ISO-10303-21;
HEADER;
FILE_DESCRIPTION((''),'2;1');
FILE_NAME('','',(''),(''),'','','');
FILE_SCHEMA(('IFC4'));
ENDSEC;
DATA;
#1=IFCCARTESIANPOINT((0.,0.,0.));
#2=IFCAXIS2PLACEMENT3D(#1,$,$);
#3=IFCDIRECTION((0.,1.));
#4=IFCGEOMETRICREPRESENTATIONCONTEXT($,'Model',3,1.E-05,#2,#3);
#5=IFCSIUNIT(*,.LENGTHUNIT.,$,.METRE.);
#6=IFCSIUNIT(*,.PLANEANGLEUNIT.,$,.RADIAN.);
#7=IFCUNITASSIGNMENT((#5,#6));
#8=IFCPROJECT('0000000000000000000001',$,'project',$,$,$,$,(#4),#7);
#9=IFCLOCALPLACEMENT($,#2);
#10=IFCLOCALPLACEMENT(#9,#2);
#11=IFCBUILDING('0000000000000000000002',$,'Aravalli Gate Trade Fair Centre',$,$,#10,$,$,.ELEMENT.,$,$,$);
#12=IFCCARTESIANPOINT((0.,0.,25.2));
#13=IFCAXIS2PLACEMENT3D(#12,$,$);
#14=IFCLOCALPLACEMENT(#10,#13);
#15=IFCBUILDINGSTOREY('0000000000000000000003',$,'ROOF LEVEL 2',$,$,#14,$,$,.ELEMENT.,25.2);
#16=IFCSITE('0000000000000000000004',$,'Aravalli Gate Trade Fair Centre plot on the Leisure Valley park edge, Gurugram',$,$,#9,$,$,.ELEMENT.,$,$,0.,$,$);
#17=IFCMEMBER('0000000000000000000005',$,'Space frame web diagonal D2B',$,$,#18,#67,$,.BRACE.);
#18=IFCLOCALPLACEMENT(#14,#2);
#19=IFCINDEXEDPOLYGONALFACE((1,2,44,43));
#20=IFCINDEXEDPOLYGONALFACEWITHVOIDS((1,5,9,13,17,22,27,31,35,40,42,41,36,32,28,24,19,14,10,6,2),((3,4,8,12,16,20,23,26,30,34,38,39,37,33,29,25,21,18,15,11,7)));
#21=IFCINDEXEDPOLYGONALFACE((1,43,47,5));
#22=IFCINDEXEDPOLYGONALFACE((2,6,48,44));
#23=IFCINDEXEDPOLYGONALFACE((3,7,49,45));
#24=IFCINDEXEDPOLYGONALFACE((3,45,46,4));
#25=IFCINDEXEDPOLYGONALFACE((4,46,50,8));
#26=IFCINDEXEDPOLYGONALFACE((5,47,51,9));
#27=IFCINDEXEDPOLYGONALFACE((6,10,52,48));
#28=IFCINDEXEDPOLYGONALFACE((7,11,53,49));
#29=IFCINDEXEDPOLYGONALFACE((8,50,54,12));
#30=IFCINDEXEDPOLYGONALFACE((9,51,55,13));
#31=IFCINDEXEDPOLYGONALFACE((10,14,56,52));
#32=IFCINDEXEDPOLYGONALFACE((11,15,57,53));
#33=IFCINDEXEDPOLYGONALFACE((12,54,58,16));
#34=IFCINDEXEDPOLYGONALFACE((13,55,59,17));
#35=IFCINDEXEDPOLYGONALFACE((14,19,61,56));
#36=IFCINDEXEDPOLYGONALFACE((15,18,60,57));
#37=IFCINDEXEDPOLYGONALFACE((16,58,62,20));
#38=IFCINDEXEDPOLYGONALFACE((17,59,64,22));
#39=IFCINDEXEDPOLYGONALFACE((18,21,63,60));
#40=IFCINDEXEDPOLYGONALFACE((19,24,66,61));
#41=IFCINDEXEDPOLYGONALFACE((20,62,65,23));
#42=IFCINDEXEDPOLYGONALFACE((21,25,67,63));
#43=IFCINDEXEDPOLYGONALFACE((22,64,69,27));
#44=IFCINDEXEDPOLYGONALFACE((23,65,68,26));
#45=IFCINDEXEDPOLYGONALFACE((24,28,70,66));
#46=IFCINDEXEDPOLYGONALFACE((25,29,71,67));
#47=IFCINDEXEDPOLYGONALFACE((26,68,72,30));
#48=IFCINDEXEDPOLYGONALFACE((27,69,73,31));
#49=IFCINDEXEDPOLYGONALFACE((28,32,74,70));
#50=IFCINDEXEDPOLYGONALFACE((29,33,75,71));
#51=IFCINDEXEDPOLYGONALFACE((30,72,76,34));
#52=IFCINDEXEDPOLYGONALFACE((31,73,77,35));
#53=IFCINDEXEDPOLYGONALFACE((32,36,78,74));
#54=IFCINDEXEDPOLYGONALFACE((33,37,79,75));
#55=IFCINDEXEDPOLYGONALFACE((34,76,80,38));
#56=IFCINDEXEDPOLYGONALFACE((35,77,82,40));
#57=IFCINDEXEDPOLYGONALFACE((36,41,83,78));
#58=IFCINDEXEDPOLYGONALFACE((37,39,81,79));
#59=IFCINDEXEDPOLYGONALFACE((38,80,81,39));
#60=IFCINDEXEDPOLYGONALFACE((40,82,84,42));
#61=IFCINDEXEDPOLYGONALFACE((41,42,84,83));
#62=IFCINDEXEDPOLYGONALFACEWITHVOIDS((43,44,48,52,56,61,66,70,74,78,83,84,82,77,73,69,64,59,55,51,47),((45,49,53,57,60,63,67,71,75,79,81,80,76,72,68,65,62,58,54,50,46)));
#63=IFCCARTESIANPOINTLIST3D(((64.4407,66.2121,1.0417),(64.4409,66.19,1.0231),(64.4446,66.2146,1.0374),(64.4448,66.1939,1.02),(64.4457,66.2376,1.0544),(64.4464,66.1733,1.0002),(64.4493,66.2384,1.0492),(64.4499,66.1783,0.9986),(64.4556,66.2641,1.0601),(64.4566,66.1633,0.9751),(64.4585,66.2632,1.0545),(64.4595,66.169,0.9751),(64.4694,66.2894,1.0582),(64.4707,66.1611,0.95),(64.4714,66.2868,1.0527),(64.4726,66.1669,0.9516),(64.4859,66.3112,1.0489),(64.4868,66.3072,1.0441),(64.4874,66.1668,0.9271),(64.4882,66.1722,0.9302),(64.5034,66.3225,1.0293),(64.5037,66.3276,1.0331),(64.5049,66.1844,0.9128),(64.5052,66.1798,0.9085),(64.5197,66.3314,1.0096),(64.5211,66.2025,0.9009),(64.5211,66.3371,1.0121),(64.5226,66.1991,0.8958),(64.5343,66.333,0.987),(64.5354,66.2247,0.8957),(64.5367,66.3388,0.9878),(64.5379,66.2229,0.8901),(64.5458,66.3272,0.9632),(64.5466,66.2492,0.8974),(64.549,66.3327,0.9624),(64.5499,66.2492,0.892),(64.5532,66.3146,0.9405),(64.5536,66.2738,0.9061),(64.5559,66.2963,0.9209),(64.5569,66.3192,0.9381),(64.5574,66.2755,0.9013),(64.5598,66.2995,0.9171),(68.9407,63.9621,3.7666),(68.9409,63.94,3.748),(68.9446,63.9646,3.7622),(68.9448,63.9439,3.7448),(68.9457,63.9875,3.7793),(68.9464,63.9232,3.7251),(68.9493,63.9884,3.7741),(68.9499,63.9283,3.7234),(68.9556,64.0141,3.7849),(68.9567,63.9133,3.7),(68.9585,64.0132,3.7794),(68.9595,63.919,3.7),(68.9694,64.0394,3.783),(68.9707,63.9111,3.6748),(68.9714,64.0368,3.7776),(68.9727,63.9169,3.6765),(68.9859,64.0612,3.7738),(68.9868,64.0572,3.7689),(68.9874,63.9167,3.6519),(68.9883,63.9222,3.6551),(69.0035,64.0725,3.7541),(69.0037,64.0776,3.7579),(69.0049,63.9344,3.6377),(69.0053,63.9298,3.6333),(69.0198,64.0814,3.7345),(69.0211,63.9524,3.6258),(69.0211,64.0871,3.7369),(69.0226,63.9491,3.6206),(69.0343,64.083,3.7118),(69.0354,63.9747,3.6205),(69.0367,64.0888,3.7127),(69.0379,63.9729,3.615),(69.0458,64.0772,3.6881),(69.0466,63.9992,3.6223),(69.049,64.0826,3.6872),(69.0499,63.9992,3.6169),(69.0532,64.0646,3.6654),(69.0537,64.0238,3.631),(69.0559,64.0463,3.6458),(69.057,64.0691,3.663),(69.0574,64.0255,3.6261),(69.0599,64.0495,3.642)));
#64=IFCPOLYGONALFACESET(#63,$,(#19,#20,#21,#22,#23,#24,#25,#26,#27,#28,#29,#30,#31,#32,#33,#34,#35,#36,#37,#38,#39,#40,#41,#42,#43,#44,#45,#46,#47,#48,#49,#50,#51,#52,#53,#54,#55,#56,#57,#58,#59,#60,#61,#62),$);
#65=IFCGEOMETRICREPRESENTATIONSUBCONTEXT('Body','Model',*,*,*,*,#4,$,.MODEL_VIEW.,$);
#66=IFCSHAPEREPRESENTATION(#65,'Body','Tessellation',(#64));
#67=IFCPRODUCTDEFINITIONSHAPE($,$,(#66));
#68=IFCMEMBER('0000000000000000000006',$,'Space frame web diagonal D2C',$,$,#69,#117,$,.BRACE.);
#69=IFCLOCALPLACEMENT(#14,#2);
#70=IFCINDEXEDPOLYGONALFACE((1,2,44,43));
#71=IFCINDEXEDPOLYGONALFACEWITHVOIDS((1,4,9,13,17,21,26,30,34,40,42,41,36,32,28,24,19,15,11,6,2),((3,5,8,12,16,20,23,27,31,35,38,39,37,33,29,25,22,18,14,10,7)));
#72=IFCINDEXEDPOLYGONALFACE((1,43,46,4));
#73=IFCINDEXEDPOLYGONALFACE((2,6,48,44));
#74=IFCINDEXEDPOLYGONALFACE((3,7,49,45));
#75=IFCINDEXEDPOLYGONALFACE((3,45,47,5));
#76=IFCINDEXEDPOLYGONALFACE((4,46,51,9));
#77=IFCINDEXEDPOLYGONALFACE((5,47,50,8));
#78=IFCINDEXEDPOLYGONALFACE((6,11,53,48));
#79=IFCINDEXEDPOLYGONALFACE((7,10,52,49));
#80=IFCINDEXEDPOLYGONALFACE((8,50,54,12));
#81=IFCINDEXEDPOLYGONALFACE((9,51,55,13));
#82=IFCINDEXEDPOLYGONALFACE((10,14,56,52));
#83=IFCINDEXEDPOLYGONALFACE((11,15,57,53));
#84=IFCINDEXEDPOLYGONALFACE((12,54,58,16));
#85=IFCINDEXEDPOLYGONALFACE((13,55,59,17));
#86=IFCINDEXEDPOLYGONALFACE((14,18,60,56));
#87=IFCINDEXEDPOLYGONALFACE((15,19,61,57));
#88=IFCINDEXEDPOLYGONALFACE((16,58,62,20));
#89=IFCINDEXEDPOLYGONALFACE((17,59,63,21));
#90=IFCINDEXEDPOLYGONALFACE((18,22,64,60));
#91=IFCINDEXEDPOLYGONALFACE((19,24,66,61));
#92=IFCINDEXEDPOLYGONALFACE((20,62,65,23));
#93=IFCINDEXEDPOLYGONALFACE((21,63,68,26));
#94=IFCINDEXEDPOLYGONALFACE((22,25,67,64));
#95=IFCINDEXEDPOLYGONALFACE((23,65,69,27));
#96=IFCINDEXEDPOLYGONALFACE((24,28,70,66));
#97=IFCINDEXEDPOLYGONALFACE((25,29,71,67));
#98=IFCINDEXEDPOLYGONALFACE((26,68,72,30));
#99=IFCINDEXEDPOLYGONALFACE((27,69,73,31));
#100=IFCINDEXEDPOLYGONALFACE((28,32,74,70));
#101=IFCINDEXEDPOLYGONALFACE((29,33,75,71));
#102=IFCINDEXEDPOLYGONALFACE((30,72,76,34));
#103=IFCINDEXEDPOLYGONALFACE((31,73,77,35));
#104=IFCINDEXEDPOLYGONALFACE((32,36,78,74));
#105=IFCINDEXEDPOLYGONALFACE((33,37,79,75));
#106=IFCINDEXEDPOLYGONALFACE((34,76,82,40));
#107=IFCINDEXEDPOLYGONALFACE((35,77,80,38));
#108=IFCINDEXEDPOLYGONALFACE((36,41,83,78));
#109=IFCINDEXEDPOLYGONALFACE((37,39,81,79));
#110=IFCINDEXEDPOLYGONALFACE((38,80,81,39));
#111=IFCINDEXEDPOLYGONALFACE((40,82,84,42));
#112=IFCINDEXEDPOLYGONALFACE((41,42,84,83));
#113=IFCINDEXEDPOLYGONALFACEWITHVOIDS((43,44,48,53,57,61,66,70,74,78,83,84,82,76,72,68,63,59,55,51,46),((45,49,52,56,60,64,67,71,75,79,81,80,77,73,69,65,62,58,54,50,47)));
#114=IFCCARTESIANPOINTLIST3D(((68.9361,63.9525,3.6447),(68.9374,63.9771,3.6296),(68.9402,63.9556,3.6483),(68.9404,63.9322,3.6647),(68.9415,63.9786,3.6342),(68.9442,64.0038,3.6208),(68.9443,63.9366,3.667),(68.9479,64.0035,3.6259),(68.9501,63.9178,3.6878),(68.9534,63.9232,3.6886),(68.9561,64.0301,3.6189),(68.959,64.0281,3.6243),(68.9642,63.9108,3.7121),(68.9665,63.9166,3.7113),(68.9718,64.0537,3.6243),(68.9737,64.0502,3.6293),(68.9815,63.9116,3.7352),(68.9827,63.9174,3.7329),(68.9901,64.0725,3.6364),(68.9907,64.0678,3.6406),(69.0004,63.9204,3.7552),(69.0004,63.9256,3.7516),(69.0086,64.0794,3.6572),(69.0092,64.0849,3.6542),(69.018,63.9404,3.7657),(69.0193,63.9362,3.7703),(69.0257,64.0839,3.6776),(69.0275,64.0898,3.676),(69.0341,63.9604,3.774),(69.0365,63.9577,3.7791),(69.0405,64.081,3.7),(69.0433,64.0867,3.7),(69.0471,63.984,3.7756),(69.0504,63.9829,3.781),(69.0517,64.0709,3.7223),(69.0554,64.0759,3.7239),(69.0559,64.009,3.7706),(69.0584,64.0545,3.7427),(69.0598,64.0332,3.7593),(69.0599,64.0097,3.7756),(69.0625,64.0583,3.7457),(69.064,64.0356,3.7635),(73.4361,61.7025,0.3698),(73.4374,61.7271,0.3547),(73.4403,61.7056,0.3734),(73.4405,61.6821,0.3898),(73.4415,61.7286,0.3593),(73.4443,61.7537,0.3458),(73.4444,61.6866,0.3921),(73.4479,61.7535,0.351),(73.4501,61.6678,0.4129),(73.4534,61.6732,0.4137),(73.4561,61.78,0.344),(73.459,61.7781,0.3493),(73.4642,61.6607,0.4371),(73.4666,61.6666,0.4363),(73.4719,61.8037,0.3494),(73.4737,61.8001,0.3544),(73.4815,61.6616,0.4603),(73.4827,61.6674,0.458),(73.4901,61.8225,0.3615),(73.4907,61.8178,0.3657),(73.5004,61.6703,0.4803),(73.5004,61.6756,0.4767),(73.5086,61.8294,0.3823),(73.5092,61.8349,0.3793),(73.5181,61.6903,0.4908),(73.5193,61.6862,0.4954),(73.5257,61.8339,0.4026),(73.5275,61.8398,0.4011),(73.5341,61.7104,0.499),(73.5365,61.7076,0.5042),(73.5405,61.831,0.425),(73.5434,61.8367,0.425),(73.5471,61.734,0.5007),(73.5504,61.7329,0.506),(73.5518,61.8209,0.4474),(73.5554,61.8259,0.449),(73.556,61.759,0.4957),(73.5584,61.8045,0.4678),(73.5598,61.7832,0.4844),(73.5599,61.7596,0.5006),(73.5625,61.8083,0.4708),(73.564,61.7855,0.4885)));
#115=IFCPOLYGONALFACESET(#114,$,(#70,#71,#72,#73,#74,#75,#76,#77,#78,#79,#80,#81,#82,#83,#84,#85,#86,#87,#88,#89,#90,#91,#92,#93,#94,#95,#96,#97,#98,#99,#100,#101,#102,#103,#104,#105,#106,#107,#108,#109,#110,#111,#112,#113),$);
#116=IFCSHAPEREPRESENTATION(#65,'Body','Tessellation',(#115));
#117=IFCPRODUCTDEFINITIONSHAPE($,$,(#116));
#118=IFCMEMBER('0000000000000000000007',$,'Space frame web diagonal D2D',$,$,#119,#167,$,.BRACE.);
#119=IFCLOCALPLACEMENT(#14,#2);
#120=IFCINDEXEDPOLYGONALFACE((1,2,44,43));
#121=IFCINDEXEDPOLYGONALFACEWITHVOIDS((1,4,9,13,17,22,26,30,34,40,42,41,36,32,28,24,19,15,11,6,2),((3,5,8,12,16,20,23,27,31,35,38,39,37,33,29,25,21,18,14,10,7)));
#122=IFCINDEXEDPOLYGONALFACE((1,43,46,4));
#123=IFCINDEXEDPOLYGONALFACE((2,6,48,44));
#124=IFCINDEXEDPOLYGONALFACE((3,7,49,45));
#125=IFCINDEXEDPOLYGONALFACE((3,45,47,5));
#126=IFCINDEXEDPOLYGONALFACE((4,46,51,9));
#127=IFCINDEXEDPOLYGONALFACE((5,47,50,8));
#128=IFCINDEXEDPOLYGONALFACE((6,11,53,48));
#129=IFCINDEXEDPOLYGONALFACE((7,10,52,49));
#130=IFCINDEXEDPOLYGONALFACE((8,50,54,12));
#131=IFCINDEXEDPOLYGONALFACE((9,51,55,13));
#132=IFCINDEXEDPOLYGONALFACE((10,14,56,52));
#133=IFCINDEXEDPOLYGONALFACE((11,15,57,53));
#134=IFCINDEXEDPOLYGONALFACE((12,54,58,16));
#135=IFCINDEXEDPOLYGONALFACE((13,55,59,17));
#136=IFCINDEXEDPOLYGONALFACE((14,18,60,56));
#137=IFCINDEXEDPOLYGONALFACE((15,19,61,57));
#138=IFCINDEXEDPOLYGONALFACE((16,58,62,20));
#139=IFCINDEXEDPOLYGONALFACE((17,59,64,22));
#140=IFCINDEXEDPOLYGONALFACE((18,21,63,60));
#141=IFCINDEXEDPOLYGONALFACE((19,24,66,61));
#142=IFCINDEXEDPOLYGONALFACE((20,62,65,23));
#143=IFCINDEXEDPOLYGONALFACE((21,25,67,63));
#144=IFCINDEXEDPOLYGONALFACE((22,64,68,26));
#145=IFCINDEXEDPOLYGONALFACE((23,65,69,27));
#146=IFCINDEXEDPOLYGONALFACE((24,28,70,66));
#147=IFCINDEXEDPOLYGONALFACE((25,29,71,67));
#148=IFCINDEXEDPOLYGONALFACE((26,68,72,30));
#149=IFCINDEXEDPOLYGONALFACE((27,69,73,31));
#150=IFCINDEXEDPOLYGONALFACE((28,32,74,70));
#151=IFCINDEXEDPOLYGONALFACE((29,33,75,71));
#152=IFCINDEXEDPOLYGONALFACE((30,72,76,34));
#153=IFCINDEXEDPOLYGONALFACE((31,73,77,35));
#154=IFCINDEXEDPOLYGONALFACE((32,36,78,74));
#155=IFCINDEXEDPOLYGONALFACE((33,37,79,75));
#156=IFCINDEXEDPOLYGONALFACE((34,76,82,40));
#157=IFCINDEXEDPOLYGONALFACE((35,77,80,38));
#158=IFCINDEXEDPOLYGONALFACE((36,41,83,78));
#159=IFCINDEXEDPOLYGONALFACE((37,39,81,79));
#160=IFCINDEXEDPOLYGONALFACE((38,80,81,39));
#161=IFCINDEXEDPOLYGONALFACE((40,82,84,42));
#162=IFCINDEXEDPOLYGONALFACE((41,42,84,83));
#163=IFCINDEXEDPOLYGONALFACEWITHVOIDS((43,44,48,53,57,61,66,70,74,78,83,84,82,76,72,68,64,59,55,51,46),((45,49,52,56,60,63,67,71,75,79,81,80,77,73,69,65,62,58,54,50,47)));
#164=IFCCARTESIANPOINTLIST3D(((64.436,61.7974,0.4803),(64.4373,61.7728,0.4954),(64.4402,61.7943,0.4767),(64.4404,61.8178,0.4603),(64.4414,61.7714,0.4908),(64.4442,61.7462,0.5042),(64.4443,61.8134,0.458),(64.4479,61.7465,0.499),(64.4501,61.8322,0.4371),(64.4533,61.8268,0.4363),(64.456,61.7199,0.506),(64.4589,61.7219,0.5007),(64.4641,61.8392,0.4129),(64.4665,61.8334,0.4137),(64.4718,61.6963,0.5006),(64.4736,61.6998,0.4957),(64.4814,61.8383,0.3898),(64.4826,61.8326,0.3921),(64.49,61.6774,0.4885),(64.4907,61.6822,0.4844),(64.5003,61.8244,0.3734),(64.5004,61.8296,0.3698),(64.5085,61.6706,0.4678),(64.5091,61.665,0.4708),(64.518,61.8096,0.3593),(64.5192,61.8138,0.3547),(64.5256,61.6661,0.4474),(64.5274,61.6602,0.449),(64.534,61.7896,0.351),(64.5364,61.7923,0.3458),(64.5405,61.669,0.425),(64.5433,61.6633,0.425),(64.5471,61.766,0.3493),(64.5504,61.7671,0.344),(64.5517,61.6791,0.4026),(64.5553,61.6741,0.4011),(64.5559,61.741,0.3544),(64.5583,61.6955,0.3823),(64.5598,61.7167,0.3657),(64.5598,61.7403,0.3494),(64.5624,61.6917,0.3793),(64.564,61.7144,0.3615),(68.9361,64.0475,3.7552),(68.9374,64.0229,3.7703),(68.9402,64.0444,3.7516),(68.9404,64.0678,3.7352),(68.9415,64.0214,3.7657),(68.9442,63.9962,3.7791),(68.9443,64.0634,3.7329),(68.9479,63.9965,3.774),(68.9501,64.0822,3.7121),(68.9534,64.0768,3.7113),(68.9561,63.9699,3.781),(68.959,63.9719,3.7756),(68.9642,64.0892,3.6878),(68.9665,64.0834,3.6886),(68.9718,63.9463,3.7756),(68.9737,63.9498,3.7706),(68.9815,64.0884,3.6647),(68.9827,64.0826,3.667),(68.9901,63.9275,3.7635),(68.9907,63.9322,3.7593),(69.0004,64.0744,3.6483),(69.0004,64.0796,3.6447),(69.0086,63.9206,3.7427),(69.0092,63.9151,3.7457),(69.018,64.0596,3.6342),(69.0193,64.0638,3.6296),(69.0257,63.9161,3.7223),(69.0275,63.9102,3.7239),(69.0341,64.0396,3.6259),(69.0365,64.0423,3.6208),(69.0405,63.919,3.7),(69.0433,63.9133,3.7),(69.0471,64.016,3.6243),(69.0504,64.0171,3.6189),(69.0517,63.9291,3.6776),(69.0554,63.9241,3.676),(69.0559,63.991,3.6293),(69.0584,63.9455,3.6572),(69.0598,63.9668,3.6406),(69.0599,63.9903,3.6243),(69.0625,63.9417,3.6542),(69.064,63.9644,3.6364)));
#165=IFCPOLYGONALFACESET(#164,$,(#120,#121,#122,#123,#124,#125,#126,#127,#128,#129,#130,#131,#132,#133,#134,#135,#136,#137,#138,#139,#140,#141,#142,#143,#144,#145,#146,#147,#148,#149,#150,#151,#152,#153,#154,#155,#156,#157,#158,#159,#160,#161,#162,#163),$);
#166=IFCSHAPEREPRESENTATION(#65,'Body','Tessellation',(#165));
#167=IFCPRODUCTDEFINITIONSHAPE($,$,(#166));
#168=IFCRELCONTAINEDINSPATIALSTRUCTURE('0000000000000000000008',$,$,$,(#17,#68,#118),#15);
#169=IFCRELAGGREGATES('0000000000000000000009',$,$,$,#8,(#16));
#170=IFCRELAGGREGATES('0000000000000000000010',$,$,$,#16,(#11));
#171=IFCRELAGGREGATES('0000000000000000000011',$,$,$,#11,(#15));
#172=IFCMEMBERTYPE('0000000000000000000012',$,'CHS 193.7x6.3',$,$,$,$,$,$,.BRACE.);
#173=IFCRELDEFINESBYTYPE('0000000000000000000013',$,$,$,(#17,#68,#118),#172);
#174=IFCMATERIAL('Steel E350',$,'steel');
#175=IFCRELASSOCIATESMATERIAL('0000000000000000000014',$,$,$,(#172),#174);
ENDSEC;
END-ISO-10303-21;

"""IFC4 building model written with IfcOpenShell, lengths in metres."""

from ifc_helpers import new_model, si_unit, direction, frame, origin, origin_2d, place, context, subcontext, project, spatial, hollow_circle, extrude, material, material_profile, profile_set, type_object, element, save


model = new_model("IFC4")

# Units and contexts
model_context = context("Model", 3, precision=1e-05, world=origin(), true_north=direction((0.0, 1.0)))
body_context = subcontext(model_context, "Body", "Model", "MODEL_VIEW")
ifc_project = project(units=[si_unit("LENGTHUNIT", "METRE"), si_unit("PLANEANGLEUNIT", "RADIAN")], contexts=[model_context])

# Site, building, storey
site_placement = place(None, origin())
site = spatial("IfcSite", under=ifc_project, at=site_placement, Name="Aravalli Gate Trade Fair Centre plot on the Leisure Valley park edge, Gurugram", CompositionType="ELEMENT", RefElevation=0.0)
building_placement = place(site_placement, origin())
building = spatial("IfcBuilding", under=site, at=building_placement, Name="Aravalli Gate Trade Fair Centre", CompositionType="ELEMENT")
storey_placement = place(building_placement, frame((0.0, 0.0, 25.2)))
storey = spatial("IfcBuildingStorey", under=building, at=storey_placement, Name="ROOF LEVEL 2", CompositionType="ELEMENT", Elevation=25.2)

# Members
ifc_material_1 = material(Name="Steel E350", Category="steel")
ifc_material_profile_1 = material_profile(ifc_material_1, hollow_circle(Radius=0.0969, WallThickness=0.0063, at=origin_2d()), Name="CHS 193.7x6.3")
ifc_profile_set_1 = profile_set([ifc_material_profile_1], Name="Steel E350")
member_type_1 = type_object("IfcMemberType", Name="CHS 193.7x6.3", PredefinedType="BRACE", material=ifc_profile_set_1)
for number, where, z_axis, x_axis, name in (
    (1, (69.0, 64.0, 3.7), (-0.786486, 0.393243, -0.476235), (-0.447214, -0.894427, 0.0), "Space frame web diagonal D2B"),
):
    element("IfcMember", number, at=place(storey_placement, frame(where, z_axis=z_axis, x_axis=x_axis)), inside=storey, type_object=member_type_1, Name=name, PredefinedType="BRACE", context=body_context, shape_type="SweptSolid", body=[
        extrude(hollow_circle(Radius=0.0969, WallThickness=0.0063, at=origin_2d()), origin(), (0.0, 0.0, 1.0), 5.7217),
    ])
for number, where, z_axis, x_axis, name in (
    (2, (69.0, 64.0, 3.7), (0.74961, -0.374805, -0.545533), (0.447214, 0.894427, 0.0), "Space frame web diagonal D2C"),
    (3, (69.0, 64.0, 3.7), (-0.74961, -0.374805, -0.545533), (0.447214, -0.894427, 0.0), "Space frame web diagonal D2D"),
):
    element("IfcMember", number, at=place(storey_placement, frame(where, z_axis=z_axis, x_axis=x_axis)), inside=storey, type_object=member_type_1, Name=name, PredefinedType="BRACE", context=body_context, shape_type="SweptSolid", body=[
        extrude(hollow_circle(Radius=0.0969, WallThickness=0.0063, at=origin_2d()), origin(), (0.0, 0.0, 1.0), 6.0032),
    ])

save(model, "model.ifc")
